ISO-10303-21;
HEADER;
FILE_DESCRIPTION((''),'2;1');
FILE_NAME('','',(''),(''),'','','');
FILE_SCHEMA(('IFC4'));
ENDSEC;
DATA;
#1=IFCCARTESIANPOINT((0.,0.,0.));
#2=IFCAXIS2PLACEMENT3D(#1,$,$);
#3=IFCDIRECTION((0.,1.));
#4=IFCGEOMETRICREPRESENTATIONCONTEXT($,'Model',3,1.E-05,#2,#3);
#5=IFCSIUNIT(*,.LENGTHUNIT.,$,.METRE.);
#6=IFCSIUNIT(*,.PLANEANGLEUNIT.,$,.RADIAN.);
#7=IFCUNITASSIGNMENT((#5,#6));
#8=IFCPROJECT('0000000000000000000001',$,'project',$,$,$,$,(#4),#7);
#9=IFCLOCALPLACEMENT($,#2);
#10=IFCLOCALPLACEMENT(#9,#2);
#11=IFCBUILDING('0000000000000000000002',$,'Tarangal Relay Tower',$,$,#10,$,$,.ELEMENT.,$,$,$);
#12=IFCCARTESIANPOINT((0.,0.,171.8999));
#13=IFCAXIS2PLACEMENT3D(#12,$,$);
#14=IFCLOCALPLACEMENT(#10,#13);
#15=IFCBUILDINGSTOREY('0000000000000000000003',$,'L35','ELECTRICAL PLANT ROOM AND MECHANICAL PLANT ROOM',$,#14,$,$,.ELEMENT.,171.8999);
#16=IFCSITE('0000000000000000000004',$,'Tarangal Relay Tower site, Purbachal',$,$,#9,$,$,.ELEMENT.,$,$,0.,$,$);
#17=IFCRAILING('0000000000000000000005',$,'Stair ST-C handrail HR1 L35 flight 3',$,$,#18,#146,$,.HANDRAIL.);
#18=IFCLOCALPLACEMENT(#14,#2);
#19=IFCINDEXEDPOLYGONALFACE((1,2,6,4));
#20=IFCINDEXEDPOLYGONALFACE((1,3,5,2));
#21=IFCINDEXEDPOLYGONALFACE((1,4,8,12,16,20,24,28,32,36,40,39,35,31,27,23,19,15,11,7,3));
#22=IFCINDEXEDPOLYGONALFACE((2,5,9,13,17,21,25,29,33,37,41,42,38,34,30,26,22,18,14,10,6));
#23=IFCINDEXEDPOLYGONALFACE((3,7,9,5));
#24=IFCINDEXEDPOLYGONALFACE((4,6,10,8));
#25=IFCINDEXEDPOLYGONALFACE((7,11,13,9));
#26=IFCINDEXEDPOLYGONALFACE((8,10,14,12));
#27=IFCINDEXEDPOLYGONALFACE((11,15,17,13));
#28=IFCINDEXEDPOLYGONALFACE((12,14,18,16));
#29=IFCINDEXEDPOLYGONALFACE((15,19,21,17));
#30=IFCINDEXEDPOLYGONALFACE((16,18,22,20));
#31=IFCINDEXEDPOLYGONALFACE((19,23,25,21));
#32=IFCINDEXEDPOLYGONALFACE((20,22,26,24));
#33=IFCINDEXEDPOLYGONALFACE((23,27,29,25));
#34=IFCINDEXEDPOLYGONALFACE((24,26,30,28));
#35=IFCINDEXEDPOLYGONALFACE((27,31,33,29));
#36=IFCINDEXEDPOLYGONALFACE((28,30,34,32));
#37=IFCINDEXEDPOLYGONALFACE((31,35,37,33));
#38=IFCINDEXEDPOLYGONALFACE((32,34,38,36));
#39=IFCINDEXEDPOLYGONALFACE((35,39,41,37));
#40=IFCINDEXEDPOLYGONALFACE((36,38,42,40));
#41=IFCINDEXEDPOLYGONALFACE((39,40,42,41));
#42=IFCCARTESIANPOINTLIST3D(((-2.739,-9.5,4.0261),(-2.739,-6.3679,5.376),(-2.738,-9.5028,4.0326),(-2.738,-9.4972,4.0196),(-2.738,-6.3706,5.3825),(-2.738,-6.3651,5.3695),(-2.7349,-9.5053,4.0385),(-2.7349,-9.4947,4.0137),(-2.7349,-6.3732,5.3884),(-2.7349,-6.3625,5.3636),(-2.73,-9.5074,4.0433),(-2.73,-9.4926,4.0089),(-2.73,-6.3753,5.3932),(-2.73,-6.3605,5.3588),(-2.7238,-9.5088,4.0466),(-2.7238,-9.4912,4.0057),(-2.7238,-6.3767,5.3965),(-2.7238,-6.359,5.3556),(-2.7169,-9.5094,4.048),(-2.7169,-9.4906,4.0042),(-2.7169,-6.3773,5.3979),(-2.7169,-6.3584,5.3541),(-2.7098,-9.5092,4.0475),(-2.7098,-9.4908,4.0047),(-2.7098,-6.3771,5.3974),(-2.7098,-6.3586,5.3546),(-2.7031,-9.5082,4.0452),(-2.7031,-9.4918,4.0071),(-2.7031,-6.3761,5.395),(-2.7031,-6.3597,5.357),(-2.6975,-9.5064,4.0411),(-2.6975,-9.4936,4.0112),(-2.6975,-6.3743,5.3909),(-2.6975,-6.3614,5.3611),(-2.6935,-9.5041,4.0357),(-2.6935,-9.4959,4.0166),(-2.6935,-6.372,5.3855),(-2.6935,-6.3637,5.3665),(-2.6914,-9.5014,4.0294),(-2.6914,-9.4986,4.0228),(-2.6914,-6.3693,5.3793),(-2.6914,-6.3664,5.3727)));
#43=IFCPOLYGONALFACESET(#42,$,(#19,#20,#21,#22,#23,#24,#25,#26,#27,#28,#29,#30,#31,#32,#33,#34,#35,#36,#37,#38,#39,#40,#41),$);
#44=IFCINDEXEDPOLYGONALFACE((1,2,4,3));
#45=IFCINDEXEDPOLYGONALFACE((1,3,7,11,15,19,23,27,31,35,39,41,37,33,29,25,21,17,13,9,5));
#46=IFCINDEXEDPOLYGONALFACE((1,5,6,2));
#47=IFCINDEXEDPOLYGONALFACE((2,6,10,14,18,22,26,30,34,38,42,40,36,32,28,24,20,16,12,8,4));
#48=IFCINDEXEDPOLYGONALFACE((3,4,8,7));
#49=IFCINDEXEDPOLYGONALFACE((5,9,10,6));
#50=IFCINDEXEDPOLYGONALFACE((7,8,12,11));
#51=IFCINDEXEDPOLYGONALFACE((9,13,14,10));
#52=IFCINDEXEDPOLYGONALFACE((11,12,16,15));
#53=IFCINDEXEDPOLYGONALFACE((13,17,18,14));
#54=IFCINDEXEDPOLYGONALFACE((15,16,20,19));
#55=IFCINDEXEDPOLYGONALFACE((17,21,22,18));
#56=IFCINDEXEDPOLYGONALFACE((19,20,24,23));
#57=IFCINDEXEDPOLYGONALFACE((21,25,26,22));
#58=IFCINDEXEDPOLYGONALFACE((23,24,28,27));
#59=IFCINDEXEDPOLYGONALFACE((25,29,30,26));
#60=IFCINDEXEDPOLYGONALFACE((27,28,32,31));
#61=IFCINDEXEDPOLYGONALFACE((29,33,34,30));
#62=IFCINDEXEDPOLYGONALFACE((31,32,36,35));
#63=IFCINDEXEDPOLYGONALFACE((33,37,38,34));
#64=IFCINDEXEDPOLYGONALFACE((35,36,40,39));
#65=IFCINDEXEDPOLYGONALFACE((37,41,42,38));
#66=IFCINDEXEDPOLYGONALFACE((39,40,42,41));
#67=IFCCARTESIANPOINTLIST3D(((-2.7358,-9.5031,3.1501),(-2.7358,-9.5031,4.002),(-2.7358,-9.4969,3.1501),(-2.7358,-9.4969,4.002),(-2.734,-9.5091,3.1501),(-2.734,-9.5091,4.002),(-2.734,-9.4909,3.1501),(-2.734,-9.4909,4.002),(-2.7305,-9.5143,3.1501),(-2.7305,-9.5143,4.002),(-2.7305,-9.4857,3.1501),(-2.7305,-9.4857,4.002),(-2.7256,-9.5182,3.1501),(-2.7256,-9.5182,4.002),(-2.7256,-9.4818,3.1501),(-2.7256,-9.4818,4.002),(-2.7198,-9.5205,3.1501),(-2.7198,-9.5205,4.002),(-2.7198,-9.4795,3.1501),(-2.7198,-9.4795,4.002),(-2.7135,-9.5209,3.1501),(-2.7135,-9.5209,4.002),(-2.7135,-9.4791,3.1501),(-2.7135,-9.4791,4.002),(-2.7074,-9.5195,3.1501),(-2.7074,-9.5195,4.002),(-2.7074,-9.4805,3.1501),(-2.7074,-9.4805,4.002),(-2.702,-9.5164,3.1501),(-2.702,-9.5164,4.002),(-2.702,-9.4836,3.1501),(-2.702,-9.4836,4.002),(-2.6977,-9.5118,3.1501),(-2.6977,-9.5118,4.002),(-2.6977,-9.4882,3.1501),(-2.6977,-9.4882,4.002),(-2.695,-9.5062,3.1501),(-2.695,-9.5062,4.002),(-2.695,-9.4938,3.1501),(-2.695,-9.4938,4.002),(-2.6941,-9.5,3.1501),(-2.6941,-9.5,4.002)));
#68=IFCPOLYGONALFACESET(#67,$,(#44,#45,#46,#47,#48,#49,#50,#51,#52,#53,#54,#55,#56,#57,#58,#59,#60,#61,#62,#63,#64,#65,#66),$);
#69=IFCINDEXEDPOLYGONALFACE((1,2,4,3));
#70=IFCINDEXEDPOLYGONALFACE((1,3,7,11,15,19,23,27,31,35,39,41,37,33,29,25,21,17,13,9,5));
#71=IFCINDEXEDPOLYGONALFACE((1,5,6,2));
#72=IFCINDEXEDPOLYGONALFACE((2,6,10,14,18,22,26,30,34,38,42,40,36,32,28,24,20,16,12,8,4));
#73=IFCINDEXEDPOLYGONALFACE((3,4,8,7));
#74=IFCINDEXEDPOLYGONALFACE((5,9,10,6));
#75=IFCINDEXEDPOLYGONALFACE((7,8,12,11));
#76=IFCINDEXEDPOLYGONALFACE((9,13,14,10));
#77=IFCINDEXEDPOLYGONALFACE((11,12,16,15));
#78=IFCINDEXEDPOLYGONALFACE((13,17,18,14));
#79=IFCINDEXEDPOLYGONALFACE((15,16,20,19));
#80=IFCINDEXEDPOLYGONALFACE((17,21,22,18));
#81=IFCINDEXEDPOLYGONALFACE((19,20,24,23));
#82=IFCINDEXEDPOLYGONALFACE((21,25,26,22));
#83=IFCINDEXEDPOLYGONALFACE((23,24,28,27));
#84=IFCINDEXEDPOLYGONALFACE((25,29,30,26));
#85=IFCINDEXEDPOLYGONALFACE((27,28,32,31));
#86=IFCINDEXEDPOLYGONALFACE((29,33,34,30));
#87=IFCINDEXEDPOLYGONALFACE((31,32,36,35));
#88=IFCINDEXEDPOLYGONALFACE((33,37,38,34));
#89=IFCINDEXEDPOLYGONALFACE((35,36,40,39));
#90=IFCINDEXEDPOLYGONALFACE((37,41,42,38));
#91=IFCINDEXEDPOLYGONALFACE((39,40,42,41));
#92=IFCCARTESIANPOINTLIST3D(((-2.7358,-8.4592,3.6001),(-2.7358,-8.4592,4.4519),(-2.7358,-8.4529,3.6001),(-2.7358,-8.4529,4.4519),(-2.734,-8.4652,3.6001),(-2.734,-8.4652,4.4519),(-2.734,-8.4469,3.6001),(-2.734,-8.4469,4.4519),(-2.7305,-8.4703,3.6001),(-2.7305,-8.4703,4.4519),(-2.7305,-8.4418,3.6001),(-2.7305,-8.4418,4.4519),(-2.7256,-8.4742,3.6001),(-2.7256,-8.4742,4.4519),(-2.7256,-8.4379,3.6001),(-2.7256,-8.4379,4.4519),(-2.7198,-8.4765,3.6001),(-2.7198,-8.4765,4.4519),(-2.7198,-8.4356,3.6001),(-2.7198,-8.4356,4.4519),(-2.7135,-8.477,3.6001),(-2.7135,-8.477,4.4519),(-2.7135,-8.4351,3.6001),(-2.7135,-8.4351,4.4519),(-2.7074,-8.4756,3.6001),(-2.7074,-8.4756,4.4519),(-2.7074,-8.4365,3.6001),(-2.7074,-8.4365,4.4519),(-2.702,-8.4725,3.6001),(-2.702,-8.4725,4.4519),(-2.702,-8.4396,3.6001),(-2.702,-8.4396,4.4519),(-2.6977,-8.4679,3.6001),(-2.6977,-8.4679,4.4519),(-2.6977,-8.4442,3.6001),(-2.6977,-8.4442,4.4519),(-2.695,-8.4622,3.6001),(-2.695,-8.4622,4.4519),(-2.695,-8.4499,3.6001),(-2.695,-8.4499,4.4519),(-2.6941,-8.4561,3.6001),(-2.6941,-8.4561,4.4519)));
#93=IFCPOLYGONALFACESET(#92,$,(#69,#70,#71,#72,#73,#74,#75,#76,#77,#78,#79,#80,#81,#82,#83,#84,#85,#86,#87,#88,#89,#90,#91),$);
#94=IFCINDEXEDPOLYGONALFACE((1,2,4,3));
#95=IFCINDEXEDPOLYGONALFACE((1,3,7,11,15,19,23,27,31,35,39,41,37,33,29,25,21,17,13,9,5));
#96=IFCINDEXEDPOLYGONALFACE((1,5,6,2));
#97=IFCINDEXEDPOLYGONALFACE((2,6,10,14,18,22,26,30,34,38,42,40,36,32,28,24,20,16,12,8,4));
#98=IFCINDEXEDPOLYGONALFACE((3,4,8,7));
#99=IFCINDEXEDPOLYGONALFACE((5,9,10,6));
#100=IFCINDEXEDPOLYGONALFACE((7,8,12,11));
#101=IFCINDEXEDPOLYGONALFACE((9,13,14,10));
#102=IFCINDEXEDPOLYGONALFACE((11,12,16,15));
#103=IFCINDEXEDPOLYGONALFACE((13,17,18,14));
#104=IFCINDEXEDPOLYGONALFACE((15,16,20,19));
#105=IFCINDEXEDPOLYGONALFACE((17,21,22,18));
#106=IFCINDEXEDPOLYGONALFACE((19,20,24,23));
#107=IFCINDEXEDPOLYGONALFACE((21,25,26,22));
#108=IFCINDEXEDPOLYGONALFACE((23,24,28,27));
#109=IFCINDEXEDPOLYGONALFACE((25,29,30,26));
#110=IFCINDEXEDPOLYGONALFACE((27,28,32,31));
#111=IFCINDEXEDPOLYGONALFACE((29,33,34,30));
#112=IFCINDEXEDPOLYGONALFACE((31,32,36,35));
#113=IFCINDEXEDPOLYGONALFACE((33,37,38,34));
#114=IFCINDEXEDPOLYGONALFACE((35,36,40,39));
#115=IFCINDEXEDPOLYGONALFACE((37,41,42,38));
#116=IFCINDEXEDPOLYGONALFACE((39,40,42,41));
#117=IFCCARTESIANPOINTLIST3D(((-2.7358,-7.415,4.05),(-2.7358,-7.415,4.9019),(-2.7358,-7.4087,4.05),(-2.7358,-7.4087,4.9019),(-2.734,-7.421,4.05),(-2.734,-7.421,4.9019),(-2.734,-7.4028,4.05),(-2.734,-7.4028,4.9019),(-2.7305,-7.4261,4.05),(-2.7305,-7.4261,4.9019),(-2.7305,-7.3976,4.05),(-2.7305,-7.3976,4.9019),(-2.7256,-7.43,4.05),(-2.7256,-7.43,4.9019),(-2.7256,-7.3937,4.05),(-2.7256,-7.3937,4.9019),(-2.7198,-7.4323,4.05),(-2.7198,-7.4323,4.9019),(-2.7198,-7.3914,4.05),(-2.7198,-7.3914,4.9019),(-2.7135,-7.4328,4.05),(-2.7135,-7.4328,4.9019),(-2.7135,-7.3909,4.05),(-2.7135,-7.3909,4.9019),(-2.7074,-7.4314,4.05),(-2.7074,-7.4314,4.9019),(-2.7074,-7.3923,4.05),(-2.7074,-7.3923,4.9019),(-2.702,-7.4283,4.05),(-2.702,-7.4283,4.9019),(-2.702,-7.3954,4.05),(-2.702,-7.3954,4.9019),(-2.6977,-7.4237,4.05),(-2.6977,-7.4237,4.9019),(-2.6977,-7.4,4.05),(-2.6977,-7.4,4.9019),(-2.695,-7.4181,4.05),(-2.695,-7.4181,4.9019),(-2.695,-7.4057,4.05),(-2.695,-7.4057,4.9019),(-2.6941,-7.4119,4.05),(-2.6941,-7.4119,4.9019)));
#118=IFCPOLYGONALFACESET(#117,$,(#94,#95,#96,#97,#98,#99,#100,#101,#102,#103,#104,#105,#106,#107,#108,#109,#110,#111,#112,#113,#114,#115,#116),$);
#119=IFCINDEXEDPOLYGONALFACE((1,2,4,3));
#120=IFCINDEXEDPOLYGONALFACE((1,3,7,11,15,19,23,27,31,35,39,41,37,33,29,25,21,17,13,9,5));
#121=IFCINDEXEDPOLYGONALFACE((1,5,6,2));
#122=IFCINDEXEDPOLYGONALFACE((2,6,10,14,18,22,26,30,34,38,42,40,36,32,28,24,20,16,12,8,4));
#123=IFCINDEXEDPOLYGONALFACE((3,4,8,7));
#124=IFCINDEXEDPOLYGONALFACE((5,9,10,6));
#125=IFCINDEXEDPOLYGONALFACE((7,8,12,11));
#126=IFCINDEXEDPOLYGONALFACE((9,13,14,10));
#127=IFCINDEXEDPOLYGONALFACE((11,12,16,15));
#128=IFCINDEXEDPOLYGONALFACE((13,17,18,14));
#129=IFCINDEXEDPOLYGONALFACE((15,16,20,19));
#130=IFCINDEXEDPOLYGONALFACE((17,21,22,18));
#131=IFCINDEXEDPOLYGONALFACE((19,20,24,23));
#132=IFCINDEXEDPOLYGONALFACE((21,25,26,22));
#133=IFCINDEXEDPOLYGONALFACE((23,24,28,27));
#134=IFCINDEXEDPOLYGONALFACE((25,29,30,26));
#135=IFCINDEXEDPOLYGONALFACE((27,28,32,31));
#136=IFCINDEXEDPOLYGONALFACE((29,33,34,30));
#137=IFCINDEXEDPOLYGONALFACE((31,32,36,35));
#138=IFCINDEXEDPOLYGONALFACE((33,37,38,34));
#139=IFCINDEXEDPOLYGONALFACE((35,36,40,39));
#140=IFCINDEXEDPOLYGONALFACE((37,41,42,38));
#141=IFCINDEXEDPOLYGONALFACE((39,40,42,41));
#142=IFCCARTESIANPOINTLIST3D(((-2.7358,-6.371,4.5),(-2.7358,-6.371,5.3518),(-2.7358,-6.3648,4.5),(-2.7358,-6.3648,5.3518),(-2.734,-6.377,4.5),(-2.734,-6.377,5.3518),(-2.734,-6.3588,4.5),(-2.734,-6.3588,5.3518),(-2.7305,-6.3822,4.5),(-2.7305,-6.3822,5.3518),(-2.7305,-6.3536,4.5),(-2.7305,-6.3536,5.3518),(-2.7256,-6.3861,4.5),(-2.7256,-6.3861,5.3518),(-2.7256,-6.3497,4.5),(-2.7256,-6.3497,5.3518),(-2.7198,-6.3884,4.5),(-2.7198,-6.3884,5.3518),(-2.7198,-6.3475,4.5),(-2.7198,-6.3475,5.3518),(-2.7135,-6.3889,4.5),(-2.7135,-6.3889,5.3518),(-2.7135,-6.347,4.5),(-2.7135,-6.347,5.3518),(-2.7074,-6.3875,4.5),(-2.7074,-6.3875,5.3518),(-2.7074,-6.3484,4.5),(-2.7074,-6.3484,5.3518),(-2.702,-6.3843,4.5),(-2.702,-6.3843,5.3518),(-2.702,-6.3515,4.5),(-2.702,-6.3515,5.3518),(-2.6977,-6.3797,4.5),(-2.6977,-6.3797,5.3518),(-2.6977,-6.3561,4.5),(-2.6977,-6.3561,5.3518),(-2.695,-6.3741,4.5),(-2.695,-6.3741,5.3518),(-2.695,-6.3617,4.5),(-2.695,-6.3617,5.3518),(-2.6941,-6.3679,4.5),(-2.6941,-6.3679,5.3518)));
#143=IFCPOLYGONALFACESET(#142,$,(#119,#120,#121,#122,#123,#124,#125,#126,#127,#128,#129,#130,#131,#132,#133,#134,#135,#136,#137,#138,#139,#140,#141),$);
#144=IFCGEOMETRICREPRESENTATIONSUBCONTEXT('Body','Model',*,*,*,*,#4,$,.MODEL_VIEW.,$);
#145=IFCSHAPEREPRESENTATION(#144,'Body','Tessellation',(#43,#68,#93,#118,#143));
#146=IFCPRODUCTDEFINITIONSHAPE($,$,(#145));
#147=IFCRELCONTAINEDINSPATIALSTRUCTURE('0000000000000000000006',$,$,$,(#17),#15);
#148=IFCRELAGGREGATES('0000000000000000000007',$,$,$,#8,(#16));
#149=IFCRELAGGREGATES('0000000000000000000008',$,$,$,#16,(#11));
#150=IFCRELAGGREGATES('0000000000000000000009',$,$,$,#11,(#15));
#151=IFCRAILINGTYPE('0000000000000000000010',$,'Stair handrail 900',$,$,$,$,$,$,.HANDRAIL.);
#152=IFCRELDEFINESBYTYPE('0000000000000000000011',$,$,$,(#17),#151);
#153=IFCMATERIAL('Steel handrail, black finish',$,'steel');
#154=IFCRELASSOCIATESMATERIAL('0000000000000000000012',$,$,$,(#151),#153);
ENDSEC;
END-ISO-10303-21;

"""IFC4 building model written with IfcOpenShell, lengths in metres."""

from ifc_helpers import new_model, si_unit, direction, frame, origin, origin_2d, place, context, subcontext, project, spatial, circle, extrude, material, type_object, element, save


model = new_model("IFC4")

# Units and contexts
model_context = context("Model", 3, precision=1e-05, world=origin(), true_north=direction((0.0, 1.0)))
body_context = subcontext(model_context, "Body", "Model", "MODEL_VIEW")
ifc_project = project(units=[si_unit("LENGTHUNIT", "METRE"), si_unit("PLANEANGLEUNIT", "RADIAN")], contexts=[model_context])

# Site, building, storey
site_placement = place(None, origin())
site = spatial("IfcSite", under=ifc_project, at=site_placement, Name="Tarangal Relay Tower site, Purbachal", CompositionType="ELEMENT", RefElevation=0.0)
building_placement = place(site_placement, origin())
building = spatial("IfcBuilding", under=site, at=building_placement, Name="Tarangal Relay Tower", CompositionType="ELEMENT")
storey_placement = place(building_placement, frame((0.0, 0.0, 171.8999)))
storey = spatial("IfcBuildingStorey", under=building, at=storey_placement, Name="L35", Description="ELECTRICAL PLANT ROOM AND MECHANICAL PLANT ROOM", CompositionType="ELEMENT", Elevation=171.8999)

# Railing
ifc_material_1 = material(Name="Steel handrail, black finish", Category="steel")
railing_type_1 = type_object("IfcRailingType", Name="Stair handrail 900", PredefinedType="HANDRAIL", material=ifc_material_1)
for number, where, name in (
    (1, (-2.7151, -9.5, 3.1501), "Stair ST-C handrail HR1 L35 flight 3"),
):
    element("IfcRailing", number, at=place(storey_placement, frame(where)), inside=storey, type_object=railing_type_1, Name=name, PredefinedType="HANDRAIL", context=body_context, shape_type="SweptSolid", body=[
        extrude(circle(Radius=0.0239, at=origin_2d()), frame((0.0, 0.0, 0.876), z_axis=(0.0, 0.918343, 0.395785), x_axis=(-1.0, 0.0, 0.0)), (0.0, 0.0, 1.0), 3.4106),
        extrude(circle(Radius=0.021, at=origin_2d()), origin(), (0.0, 0.0, 1.0), 0.8518),
        extrude(circle(Radius=0.021, at=origin_2d()), frame((0.0, 1.0439, 0.45)), (0.0, 0.0, 1.0), 0.8518),
        extrude(circle(Radius=0.021, at=origin_2d()), frame((0.0, 2.0881, 0.8999)), (0.0, 0.0, 1.0), 0.8518),
        extrude(circle(Radius=0.021, at=origin_2d()), frame((0.0, 3.1321, 1.3499)), (0.0, 0.0, 1.0), 0.8518),
    ])

save(model, "model.ifc")
